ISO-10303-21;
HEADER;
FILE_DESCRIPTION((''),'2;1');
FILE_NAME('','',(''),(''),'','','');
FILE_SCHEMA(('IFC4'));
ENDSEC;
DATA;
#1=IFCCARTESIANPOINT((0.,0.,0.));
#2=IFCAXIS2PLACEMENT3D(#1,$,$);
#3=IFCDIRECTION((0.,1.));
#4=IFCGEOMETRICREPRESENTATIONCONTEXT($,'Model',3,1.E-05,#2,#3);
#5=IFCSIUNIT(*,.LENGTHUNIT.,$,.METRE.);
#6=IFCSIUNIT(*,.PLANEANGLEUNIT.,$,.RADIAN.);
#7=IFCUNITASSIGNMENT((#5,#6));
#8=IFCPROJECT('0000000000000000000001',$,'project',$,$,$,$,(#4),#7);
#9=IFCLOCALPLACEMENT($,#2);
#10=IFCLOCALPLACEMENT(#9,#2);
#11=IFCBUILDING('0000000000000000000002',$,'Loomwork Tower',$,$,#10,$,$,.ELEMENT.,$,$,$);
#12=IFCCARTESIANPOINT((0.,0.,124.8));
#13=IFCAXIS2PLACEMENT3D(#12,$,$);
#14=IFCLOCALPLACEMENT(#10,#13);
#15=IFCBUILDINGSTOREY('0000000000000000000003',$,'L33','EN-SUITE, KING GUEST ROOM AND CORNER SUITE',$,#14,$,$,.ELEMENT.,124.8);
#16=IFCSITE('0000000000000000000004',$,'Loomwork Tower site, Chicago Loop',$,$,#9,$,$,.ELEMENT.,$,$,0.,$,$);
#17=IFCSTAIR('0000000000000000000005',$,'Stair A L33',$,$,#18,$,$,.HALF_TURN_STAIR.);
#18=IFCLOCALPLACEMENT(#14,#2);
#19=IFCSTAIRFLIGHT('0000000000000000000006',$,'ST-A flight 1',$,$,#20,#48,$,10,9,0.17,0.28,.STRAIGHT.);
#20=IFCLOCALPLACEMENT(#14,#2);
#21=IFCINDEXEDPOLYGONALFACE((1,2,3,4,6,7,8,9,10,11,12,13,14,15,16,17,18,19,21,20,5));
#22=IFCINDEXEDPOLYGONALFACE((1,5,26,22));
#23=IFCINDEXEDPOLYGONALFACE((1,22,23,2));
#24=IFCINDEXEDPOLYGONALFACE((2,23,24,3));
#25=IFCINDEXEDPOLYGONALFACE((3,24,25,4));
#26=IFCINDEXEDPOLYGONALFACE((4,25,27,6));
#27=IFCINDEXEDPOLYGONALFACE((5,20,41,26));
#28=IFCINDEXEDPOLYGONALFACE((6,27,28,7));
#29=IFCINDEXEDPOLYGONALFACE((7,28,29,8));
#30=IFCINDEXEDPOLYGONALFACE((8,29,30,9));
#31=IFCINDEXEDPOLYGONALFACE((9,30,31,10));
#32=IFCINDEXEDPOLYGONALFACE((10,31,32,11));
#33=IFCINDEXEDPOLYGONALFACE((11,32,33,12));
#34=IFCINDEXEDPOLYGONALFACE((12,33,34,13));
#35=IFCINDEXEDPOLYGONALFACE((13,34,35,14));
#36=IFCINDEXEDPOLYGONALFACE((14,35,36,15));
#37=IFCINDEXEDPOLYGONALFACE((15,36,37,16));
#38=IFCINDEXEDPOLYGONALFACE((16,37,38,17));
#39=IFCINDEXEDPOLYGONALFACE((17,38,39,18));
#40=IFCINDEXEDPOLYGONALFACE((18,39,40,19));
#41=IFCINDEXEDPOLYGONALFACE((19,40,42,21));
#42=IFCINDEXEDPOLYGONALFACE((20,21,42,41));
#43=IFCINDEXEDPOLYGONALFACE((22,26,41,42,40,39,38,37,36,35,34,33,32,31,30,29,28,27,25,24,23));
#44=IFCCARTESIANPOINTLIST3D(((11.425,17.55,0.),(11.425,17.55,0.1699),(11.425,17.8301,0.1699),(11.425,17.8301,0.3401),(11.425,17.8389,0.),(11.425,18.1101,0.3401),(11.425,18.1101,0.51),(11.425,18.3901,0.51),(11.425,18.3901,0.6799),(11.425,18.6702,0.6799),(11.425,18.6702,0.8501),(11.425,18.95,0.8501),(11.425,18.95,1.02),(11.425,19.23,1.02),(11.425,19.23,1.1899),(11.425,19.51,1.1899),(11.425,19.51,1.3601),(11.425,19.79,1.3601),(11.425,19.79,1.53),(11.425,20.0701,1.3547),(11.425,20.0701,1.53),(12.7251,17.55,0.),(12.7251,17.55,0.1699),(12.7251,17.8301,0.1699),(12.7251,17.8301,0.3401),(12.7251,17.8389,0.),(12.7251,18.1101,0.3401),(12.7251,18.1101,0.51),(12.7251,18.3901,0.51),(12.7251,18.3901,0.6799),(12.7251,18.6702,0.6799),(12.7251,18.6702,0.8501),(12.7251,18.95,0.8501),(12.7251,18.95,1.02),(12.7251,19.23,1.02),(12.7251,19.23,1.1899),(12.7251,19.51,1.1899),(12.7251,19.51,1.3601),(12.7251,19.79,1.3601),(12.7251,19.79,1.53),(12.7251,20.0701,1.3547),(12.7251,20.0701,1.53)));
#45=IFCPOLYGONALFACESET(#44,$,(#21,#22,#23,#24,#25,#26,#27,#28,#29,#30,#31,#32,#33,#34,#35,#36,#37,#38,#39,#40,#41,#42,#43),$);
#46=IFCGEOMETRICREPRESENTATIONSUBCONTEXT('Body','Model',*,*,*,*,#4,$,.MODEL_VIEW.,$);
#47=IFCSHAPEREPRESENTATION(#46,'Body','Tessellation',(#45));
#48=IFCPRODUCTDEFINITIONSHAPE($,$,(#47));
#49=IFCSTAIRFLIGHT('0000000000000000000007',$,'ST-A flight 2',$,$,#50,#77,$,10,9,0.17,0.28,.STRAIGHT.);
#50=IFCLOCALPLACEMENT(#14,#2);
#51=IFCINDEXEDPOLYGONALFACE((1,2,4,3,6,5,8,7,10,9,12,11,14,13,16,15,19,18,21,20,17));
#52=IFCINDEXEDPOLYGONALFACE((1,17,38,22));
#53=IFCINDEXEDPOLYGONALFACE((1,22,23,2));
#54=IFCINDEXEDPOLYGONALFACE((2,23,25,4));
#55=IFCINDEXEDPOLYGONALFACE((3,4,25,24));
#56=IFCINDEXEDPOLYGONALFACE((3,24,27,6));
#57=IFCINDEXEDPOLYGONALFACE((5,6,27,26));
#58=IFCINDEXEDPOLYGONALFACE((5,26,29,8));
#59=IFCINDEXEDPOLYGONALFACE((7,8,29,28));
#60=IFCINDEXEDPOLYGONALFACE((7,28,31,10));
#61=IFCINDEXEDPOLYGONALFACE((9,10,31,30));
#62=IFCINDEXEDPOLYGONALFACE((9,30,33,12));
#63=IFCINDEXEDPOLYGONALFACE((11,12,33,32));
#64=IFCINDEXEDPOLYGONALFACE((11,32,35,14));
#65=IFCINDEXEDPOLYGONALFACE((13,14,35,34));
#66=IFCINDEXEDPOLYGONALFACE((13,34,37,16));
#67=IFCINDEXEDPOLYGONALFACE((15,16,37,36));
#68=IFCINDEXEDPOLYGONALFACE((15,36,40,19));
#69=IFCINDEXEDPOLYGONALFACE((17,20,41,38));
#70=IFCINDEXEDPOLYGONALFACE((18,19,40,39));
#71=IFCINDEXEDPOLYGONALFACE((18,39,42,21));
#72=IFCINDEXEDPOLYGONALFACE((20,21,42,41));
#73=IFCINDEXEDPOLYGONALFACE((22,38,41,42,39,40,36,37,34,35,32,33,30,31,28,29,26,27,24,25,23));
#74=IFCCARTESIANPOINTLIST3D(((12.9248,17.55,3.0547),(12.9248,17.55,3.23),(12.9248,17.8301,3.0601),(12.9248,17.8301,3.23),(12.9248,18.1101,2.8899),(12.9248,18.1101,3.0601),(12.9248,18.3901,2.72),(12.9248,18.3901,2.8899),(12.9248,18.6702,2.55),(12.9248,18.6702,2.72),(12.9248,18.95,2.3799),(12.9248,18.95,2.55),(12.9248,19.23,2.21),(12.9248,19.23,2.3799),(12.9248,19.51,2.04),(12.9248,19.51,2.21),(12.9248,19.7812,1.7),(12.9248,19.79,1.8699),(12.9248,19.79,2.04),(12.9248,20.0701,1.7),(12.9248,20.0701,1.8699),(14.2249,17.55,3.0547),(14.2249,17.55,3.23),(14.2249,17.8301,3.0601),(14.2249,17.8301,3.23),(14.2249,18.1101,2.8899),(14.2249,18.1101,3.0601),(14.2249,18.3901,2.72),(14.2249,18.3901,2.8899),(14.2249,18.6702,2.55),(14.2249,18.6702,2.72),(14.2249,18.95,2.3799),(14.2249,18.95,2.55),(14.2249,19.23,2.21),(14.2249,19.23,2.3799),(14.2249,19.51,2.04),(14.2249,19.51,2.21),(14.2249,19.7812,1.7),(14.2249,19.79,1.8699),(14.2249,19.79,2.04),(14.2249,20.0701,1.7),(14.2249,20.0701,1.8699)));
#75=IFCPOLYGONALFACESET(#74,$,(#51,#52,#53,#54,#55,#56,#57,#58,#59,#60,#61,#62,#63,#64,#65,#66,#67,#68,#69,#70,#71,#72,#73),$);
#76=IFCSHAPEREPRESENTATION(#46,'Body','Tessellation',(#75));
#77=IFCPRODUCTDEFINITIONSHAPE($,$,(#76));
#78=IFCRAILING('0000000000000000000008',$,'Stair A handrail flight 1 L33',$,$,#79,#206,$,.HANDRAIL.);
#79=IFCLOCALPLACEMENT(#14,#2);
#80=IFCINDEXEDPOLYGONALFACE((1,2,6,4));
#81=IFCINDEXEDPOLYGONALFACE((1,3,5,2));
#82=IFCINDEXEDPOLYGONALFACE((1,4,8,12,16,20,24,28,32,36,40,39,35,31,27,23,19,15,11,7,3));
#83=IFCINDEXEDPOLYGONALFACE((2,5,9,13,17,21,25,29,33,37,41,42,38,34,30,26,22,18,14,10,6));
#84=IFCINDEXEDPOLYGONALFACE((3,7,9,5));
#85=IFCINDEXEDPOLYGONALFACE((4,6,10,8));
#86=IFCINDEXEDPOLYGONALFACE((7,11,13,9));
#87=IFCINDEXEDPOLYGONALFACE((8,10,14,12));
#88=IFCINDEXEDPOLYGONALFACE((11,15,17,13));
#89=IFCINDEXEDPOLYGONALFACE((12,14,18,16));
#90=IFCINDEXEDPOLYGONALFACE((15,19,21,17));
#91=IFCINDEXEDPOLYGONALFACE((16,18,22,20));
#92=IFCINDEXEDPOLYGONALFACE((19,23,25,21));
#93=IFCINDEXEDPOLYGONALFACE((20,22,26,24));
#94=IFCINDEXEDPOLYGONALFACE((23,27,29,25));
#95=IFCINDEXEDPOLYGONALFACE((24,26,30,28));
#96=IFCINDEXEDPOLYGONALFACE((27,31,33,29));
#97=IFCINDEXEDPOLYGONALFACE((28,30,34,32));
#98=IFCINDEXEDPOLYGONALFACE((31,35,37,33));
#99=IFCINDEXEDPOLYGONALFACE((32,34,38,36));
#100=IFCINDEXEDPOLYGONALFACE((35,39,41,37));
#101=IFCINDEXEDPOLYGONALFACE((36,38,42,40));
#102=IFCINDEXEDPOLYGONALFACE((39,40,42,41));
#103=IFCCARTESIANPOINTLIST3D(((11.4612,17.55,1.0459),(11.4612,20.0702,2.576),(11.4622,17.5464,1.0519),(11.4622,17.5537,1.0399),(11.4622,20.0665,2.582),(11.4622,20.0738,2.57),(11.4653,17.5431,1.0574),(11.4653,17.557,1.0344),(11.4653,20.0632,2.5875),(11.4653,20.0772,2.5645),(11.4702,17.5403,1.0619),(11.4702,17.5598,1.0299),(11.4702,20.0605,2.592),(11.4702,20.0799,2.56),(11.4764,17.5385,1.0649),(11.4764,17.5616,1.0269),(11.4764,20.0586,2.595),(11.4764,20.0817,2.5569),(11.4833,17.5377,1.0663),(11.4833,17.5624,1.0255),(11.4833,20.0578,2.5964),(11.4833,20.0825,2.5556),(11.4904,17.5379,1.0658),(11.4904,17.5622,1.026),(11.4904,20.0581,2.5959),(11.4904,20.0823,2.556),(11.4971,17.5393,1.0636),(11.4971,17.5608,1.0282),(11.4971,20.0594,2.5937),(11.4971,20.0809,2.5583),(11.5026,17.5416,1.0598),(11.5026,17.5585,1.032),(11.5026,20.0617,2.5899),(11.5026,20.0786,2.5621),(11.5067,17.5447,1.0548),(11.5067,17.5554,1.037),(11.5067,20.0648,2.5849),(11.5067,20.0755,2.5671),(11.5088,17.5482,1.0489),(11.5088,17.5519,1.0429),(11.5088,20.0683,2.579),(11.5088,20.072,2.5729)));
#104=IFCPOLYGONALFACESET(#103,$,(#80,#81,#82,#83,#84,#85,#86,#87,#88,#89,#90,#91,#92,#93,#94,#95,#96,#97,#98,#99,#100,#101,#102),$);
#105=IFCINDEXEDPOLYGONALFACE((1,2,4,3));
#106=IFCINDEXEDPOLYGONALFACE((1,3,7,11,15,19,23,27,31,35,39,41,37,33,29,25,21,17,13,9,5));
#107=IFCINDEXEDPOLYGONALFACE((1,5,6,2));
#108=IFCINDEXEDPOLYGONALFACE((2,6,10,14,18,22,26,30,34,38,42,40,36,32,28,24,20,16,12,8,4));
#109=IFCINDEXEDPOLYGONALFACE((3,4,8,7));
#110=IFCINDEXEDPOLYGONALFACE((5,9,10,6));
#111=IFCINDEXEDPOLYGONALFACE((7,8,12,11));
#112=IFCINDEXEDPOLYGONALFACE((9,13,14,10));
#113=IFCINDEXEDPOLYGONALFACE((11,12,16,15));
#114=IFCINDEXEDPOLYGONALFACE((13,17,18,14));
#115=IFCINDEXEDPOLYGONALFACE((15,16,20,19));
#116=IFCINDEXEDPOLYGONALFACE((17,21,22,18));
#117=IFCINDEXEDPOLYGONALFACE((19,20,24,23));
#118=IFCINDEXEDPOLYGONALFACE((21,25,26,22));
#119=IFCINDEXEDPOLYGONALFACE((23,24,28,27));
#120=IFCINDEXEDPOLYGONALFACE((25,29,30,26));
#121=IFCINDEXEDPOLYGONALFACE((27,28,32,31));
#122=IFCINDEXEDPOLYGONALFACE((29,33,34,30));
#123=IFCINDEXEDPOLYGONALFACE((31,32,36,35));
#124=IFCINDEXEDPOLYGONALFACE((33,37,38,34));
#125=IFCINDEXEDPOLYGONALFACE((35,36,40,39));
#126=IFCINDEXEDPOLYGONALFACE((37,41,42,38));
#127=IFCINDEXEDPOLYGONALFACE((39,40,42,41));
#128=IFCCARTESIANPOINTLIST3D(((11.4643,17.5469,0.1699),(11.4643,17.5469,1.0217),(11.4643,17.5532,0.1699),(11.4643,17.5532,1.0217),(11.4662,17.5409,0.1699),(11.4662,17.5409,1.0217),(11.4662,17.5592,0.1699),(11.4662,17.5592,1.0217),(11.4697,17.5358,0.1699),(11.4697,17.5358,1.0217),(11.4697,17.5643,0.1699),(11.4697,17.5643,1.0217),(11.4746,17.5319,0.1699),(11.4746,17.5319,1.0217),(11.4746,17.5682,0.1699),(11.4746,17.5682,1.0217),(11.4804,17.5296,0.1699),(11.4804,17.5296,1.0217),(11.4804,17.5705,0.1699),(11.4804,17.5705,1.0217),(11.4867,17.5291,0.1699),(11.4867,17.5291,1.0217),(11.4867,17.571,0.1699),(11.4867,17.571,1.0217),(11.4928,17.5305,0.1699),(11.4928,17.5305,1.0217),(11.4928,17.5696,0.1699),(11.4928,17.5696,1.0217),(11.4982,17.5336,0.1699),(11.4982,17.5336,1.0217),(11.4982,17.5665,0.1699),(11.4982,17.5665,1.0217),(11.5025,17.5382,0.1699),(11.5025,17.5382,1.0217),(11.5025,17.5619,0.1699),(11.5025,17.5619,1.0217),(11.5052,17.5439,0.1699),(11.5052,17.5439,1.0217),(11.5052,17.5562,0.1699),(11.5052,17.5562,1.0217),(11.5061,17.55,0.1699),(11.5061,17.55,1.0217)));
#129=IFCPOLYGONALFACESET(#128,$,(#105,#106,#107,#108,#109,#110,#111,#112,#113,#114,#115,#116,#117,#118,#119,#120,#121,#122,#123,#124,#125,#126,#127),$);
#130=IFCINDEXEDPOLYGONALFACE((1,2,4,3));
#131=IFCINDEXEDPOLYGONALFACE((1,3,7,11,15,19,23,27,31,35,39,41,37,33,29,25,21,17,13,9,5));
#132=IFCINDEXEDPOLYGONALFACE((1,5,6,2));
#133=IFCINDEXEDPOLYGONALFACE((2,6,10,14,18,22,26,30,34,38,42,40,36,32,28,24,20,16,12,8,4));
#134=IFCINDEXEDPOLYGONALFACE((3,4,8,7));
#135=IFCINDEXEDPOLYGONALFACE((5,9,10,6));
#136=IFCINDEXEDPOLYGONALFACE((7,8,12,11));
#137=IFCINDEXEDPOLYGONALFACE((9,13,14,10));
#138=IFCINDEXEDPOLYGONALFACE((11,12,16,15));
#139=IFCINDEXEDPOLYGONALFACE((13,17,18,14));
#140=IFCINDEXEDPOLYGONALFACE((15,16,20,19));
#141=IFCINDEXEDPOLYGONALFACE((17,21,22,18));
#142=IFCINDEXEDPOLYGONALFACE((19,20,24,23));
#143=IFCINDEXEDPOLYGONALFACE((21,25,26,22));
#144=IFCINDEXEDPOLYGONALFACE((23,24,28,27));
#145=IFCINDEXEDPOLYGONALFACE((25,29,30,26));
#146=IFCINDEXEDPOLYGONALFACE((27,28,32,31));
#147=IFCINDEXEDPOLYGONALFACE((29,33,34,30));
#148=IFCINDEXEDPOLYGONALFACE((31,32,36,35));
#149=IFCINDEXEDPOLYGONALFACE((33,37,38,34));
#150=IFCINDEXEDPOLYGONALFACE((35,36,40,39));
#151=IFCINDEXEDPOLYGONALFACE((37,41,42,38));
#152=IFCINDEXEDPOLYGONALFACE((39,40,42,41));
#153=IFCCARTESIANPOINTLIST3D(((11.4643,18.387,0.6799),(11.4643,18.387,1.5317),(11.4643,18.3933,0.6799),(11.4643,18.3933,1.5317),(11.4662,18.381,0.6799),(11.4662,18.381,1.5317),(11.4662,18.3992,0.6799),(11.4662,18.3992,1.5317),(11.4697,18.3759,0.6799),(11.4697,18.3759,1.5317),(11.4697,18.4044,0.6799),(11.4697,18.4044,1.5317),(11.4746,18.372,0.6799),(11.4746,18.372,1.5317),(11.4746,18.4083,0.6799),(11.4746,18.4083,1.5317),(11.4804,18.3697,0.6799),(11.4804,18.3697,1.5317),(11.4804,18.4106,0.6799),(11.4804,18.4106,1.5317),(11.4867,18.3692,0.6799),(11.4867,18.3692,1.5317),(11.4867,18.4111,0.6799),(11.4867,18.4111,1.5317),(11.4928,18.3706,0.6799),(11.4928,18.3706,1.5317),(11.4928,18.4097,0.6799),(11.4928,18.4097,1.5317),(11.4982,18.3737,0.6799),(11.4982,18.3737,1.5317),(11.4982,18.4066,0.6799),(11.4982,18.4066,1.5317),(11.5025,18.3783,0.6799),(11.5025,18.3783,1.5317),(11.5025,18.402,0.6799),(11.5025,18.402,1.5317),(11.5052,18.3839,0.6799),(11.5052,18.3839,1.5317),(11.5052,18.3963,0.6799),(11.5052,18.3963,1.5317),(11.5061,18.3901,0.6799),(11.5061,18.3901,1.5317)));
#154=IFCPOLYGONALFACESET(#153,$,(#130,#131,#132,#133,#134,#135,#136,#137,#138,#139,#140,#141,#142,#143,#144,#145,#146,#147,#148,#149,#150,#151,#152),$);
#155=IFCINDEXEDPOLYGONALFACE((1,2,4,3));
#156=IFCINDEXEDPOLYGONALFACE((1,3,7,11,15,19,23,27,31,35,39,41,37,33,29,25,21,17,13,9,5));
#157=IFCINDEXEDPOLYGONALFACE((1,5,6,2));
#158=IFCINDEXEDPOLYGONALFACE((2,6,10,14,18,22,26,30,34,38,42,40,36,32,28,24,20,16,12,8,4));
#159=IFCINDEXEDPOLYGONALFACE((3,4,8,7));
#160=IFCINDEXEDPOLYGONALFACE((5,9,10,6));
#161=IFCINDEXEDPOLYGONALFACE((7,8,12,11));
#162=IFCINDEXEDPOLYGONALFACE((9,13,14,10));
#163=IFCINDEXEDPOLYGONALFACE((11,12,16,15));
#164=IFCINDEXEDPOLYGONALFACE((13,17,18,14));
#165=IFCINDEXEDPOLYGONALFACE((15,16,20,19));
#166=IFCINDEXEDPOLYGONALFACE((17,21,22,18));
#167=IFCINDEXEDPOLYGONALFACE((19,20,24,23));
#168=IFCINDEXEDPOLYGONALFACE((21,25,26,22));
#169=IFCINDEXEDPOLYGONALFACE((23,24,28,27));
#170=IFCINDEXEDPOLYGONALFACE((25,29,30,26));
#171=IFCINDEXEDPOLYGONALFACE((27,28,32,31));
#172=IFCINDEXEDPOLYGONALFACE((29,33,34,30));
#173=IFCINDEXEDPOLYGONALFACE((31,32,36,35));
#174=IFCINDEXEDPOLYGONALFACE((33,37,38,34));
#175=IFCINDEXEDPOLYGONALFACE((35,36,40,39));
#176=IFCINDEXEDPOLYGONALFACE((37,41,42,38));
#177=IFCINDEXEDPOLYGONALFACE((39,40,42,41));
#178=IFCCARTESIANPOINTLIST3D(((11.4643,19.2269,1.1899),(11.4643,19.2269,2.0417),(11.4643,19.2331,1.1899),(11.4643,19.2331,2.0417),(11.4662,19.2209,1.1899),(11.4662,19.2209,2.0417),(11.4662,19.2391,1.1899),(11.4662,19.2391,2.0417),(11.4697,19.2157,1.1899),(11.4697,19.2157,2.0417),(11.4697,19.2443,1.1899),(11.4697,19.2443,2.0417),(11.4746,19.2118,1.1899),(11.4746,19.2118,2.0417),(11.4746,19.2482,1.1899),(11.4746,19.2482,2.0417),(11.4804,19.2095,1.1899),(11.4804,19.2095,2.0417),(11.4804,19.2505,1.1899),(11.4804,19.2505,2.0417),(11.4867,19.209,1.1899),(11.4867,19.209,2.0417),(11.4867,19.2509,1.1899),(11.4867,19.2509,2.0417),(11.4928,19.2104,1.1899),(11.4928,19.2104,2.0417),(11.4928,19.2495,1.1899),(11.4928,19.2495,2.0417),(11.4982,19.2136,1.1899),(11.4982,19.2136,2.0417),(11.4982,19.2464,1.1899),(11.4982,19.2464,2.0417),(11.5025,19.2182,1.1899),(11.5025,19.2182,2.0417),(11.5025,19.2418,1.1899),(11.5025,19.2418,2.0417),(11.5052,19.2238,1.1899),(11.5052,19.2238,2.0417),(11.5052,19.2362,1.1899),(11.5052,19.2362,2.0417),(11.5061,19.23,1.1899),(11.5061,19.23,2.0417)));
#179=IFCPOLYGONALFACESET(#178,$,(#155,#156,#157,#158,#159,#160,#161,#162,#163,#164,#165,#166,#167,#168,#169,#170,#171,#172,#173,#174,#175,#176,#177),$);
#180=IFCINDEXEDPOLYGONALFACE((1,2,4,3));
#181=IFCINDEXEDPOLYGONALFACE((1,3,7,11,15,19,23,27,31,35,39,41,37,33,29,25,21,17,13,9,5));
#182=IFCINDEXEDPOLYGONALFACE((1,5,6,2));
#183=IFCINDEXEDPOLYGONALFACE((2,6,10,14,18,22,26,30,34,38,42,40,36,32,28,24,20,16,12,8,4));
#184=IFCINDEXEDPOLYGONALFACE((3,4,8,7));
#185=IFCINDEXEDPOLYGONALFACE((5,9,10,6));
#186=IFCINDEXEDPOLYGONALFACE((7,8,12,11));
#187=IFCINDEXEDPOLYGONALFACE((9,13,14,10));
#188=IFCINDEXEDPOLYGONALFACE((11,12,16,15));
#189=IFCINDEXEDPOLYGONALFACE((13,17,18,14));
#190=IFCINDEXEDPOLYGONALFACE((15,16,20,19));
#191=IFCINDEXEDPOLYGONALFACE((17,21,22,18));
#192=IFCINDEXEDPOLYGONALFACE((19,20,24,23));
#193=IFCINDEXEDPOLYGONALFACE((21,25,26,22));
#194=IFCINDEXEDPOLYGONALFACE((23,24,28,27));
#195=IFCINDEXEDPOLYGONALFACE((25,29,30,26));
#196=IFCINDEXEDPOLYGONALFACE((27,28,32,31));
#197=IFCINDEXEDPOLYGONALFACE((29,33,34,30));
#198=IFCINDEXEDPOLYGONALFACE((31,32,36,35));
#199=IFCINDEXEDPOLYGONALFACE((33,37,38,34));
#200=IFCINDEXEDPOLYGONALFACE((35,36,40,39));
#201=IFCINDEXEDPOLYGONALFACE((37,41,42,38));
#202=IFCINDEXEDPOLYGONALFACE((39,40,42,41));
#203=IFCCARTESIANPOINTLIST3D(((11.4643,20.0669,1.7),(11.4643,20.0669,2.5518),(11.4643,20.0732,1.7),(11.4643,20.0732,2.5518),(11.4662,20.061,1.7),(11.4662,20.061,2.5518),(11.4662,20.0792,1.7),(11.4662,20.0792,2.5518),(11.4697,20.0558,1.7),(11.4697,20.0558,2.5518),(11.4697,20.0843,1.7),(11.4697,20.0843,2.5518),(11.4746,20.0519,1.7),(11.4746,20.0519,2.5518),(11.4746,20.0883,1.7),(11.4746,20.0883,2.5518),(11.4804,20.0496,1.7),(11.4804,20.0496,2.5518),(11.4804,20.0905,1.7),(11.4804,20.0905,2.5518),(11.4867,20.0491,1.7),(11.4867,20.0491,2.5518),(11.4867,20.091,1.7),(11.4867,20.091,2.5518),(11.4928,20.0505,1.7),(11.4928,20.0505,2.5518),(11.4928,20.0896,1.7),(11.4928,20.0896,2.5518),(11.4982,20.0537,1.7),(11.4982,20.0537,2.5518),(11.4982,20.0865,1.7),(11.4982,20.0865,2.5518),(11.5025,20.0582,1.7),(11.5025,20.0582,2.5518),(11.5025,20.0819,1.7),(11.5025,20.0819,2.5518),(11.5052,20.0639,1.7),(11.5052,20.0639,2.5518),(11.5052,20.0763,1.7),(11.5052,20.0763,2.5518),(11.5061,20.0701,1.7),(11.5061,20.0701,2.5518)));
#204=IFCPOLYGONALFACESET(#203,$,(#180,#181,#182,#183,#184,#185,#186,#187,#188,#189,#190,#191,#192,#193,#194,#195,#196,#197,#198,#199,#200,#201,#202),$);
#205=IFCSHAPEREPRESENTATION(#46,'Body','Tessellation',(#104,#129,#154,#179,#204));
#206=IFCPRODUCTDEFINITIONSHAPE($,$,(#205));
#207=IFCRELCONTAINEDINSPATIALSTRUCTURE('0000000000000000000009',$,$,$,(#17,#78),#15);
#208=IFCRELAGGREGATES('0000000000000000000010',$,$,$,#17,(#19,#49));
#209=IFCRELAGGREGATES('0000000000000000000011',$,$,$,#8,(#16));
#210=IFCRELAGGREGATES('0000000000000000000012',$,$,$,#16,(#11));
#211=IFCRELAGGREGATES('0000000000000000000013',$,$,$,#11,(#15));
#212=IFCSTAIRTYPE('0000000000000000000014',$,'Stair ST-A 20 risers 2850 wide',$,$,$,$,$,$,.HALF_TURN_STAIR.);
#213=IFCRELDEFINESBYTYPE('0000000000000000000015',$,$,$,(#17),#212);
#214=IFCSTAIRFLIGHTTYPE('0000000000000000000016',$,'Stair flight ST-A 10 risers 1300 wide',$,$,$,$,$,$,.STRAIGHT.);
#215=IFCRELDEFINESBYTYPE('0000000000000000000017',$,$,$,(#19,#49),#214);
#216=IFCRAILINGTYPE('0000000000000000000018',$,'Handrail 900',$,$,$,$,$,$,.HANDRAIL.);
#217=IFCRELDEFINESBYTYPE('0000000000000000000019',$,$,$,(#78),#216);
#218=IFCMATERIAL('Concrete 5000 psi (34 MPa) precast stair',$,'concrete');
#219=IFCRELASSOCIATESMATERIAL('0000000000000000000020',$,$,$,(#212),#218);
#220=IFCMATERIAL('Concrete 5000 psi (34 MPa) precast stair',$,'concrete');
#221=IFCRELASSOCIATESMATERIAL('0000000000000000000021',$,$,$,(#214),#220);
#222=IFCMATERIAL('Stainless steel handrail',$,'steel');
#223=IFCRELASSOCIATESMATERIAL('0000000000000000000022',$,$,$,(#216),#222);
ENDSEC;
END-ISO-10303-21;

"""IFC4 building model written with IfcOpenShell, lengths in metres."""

from ifc_helpers import new_model, si_unit, direction, frame, origin, origin_2d, place, context, subcontext, project, spatial, polyline, circle, outline, extrude, material, type_object, element, aggregate, save


model = new_model("IFC4")

# Units and contexts
model_context = context("Model", 3, precision=1e-05, world=origin(), true_north=direction((0.0, 1.0)))
body_context = subcontext(model_context, "Body", "Model", "MODEL_VIEW")
ifc_project = project(units=[si_unit("LENGTHUNIT", "METRE"), si_unit("PLANEANGLEUNIT", "RADIAN")], contexts=[model_context])

# Site, building, storey
site_placement = place(None, origin())
site = spatial("IfcSite", under=ifc_project, at=site_placement, Name="Loomwork Tower site, Chicago Loop", CompositionType="ELEMENT", RefElevation=0.0)
building_placement = place(site_placement, origin())
building = spatial("IfcBuilding", under=site, at=building_placement, Name="Loomwork Tower", CompositionType="ELEMENT")
storey_placement = place(building_placement, frame((0.0, 0.0, 124.8)))
storey = spatial("IfcBuildingStorey", under=building, at=storey_placement, Name="L33", Description="EN-SUITE, KING GUEST ROOM AND CORNER SUITE", CompositionType="ELEMENT", Elevation=124.8)

# Stair, stair flights
ifc_material_1 = material(Name="Concrete 5000 psi (34 MPa) precast stair", Category="concrete")
stair_type = type_object("IfcStairType", Name="Stair ST-A 20 risers 2850 wide", PredefinedType="HALF_TURN_STAIR", material=ifc_material_1)
stair_placement = place(storey_placement, origin())
stair = element("IfcStair", 1, at=stair_placement, inside=storey, type_object=stair_type, Name="Stair A L33", PredefinedType="HALF_TURN_STAIR")
ifc_material_2 = material(Name="Concrete 5000 psi (34 MPa) precast stair", Category="concrete")
stair_flight_type = type_object("IfcStairFlightType", Name="Stair flight ST-A 10 risers 1300 wide", PredefinedType="STRAIGHT", material=ifc_material_2)
stair_flight_1_placement = place(storey_placement, frame((12.075, 17.55, 0.0), z_axis=(0.0, 0.0, 1.0), x_axis=(0.0, 1.0, 0.0)))
stair_flight_1 = element("IfcStairFlight", 2, at=stair_flight_1_placement, type_object=stair_flight_type, Name="ST-A flight 1", NumberOfRisers=10, NumberOfTreads=9, PredefinedType="STRAIGHT", RiserHeight=0.17, TreadLength=0.28, context=body_context, shape_type="SweptSolid", body=[
    extrude(outline(polyline([(0.0, 0.0), (0.0, 0.1699), (0.28, 0.1699), (0.28, 0.3401), (0.5601, 0.3401), (0.5601, 0.51), (0.8401, 0.51), (0.8401, 0.6799), (1.1201, 0.6799), (1.1201, 0.8501), (1.3999, 0.8501), (1.3999, 1.02), (1.6799, 1.02), (1.6799, 1.1899), (1.96, 1.1899), (1.96, 1.3601), (2.24, 1.3601), (2.24, 1.53), (2.52, 1.53), (2.52, 1.7), (2.52, 1.3547), (0.2888, 0.0), (0.0, 0.0)])), frame((0.0, 0.6499, 0.0), z_axis=(0.0, -1.0, 0.0), x_axis=(1.0, 0.0, 0.0)), (0.0, 0.0, 1.0), 1.3),
])
stair_flight_2_placement = place(storey_placement, frame((13.575, 20.0701, 1.7), z_axis=(0.0, 0.0, 1.0), x_axis=(0.0, -1.0, 0.0)))
stair_flight_2 = element("IfcStairFlight", 3, at=stair_flight_2_placement, type_object=stair_flight_type, Name="ST-A flight 2", NumberOfRisers=10, NumberOfTreads=9, PredefinedType="STRAIGHT", RiserHeight=0.17, TreadLength=0.28, context=body_context, shape_type="SweptSolid", body=[
    extrude(outline(polyline([(0.0, 0.0), (0.0, 0.1699), (0.28, 0.1699), (0.28, 0.3401), (0.5601, 0.3401), (0.5601, 0.51), (0.8401, 0.51), (0.8401, 0.6799), (1.1201, 0.6799), (1.1201, 0.8501), (1.3999, 0.8501), (1.3999, 1.02), (1.6799, 1.02), (1.6799, 1.1899), (1.96, 1.1899), (1.96, 1.3601), (2.24, 1.3601), (2.24, 1.53), (2.52, 1.53), (2.52, 1.7), (2.52, 1.3547), (0.2888, 0.0), (0.0, 0.0)])), frame((0.0, 0.6499, 0.0), z_axis=(0.0, -1.0, 0.0), x_axis=(1.0, 0.0, 0.0)), (0.0, 0.0, 1.0), 1.3),
])
aggregate(stair, [stair_flight_1, stair_flight_2])

# Railing
ifc_material_3 = material(Name="Stainless steel handrail", Category="steel")
railing_type = type_object("IfcRailingType", Name="Handrail 900", PredefinedType="HANDRAIL", material=ifc_material_3)
railing_1_placement = place(storey_placement, frame((11.4851, 17.55, 0.1699)))
element("IfcRailing", 4, at=railing_1_placement, inside=storey, type_object=railing_type, Name="Stair A handrail flight 1 L33", PredefinedType="HANDRAIL", context=body_context, shape_type="SweptSolid", body=[
    extrude(circle(Radius=0.0239, at=origin_2d()), frame((0.0, 0.0, 0.876), z_axis=(0.0, 0.854785, 0.518982), x_axis=(-1.0, 0.0, 0.0)), (0.0, 0.0, 1.0), 2.9482),
    extrude(circle(Radius=0.021, at=origin_2d()), origin(), (0.0, 0.0, 1.0), 0.8518),
    extrude(circle(Radius=0.021, at=origin_2d()), frame((0.0, 0.8401, 0.51)), (0.0, 0.0, 1.0), 0.8518),
    extrude(circle(Radius=0.021, at=origin_2d()), frame((0.0, 1.6799, 1.02)), (0.0, 0.0, 1.0), 0.8518),
    extrude(circle(Radius=0.021, at=origin_2d()), frame((0.0, 2.52, 1.53)), (0.0, 0.0, 1.0), 0.8518),
])

save(model, "model.ifc")
